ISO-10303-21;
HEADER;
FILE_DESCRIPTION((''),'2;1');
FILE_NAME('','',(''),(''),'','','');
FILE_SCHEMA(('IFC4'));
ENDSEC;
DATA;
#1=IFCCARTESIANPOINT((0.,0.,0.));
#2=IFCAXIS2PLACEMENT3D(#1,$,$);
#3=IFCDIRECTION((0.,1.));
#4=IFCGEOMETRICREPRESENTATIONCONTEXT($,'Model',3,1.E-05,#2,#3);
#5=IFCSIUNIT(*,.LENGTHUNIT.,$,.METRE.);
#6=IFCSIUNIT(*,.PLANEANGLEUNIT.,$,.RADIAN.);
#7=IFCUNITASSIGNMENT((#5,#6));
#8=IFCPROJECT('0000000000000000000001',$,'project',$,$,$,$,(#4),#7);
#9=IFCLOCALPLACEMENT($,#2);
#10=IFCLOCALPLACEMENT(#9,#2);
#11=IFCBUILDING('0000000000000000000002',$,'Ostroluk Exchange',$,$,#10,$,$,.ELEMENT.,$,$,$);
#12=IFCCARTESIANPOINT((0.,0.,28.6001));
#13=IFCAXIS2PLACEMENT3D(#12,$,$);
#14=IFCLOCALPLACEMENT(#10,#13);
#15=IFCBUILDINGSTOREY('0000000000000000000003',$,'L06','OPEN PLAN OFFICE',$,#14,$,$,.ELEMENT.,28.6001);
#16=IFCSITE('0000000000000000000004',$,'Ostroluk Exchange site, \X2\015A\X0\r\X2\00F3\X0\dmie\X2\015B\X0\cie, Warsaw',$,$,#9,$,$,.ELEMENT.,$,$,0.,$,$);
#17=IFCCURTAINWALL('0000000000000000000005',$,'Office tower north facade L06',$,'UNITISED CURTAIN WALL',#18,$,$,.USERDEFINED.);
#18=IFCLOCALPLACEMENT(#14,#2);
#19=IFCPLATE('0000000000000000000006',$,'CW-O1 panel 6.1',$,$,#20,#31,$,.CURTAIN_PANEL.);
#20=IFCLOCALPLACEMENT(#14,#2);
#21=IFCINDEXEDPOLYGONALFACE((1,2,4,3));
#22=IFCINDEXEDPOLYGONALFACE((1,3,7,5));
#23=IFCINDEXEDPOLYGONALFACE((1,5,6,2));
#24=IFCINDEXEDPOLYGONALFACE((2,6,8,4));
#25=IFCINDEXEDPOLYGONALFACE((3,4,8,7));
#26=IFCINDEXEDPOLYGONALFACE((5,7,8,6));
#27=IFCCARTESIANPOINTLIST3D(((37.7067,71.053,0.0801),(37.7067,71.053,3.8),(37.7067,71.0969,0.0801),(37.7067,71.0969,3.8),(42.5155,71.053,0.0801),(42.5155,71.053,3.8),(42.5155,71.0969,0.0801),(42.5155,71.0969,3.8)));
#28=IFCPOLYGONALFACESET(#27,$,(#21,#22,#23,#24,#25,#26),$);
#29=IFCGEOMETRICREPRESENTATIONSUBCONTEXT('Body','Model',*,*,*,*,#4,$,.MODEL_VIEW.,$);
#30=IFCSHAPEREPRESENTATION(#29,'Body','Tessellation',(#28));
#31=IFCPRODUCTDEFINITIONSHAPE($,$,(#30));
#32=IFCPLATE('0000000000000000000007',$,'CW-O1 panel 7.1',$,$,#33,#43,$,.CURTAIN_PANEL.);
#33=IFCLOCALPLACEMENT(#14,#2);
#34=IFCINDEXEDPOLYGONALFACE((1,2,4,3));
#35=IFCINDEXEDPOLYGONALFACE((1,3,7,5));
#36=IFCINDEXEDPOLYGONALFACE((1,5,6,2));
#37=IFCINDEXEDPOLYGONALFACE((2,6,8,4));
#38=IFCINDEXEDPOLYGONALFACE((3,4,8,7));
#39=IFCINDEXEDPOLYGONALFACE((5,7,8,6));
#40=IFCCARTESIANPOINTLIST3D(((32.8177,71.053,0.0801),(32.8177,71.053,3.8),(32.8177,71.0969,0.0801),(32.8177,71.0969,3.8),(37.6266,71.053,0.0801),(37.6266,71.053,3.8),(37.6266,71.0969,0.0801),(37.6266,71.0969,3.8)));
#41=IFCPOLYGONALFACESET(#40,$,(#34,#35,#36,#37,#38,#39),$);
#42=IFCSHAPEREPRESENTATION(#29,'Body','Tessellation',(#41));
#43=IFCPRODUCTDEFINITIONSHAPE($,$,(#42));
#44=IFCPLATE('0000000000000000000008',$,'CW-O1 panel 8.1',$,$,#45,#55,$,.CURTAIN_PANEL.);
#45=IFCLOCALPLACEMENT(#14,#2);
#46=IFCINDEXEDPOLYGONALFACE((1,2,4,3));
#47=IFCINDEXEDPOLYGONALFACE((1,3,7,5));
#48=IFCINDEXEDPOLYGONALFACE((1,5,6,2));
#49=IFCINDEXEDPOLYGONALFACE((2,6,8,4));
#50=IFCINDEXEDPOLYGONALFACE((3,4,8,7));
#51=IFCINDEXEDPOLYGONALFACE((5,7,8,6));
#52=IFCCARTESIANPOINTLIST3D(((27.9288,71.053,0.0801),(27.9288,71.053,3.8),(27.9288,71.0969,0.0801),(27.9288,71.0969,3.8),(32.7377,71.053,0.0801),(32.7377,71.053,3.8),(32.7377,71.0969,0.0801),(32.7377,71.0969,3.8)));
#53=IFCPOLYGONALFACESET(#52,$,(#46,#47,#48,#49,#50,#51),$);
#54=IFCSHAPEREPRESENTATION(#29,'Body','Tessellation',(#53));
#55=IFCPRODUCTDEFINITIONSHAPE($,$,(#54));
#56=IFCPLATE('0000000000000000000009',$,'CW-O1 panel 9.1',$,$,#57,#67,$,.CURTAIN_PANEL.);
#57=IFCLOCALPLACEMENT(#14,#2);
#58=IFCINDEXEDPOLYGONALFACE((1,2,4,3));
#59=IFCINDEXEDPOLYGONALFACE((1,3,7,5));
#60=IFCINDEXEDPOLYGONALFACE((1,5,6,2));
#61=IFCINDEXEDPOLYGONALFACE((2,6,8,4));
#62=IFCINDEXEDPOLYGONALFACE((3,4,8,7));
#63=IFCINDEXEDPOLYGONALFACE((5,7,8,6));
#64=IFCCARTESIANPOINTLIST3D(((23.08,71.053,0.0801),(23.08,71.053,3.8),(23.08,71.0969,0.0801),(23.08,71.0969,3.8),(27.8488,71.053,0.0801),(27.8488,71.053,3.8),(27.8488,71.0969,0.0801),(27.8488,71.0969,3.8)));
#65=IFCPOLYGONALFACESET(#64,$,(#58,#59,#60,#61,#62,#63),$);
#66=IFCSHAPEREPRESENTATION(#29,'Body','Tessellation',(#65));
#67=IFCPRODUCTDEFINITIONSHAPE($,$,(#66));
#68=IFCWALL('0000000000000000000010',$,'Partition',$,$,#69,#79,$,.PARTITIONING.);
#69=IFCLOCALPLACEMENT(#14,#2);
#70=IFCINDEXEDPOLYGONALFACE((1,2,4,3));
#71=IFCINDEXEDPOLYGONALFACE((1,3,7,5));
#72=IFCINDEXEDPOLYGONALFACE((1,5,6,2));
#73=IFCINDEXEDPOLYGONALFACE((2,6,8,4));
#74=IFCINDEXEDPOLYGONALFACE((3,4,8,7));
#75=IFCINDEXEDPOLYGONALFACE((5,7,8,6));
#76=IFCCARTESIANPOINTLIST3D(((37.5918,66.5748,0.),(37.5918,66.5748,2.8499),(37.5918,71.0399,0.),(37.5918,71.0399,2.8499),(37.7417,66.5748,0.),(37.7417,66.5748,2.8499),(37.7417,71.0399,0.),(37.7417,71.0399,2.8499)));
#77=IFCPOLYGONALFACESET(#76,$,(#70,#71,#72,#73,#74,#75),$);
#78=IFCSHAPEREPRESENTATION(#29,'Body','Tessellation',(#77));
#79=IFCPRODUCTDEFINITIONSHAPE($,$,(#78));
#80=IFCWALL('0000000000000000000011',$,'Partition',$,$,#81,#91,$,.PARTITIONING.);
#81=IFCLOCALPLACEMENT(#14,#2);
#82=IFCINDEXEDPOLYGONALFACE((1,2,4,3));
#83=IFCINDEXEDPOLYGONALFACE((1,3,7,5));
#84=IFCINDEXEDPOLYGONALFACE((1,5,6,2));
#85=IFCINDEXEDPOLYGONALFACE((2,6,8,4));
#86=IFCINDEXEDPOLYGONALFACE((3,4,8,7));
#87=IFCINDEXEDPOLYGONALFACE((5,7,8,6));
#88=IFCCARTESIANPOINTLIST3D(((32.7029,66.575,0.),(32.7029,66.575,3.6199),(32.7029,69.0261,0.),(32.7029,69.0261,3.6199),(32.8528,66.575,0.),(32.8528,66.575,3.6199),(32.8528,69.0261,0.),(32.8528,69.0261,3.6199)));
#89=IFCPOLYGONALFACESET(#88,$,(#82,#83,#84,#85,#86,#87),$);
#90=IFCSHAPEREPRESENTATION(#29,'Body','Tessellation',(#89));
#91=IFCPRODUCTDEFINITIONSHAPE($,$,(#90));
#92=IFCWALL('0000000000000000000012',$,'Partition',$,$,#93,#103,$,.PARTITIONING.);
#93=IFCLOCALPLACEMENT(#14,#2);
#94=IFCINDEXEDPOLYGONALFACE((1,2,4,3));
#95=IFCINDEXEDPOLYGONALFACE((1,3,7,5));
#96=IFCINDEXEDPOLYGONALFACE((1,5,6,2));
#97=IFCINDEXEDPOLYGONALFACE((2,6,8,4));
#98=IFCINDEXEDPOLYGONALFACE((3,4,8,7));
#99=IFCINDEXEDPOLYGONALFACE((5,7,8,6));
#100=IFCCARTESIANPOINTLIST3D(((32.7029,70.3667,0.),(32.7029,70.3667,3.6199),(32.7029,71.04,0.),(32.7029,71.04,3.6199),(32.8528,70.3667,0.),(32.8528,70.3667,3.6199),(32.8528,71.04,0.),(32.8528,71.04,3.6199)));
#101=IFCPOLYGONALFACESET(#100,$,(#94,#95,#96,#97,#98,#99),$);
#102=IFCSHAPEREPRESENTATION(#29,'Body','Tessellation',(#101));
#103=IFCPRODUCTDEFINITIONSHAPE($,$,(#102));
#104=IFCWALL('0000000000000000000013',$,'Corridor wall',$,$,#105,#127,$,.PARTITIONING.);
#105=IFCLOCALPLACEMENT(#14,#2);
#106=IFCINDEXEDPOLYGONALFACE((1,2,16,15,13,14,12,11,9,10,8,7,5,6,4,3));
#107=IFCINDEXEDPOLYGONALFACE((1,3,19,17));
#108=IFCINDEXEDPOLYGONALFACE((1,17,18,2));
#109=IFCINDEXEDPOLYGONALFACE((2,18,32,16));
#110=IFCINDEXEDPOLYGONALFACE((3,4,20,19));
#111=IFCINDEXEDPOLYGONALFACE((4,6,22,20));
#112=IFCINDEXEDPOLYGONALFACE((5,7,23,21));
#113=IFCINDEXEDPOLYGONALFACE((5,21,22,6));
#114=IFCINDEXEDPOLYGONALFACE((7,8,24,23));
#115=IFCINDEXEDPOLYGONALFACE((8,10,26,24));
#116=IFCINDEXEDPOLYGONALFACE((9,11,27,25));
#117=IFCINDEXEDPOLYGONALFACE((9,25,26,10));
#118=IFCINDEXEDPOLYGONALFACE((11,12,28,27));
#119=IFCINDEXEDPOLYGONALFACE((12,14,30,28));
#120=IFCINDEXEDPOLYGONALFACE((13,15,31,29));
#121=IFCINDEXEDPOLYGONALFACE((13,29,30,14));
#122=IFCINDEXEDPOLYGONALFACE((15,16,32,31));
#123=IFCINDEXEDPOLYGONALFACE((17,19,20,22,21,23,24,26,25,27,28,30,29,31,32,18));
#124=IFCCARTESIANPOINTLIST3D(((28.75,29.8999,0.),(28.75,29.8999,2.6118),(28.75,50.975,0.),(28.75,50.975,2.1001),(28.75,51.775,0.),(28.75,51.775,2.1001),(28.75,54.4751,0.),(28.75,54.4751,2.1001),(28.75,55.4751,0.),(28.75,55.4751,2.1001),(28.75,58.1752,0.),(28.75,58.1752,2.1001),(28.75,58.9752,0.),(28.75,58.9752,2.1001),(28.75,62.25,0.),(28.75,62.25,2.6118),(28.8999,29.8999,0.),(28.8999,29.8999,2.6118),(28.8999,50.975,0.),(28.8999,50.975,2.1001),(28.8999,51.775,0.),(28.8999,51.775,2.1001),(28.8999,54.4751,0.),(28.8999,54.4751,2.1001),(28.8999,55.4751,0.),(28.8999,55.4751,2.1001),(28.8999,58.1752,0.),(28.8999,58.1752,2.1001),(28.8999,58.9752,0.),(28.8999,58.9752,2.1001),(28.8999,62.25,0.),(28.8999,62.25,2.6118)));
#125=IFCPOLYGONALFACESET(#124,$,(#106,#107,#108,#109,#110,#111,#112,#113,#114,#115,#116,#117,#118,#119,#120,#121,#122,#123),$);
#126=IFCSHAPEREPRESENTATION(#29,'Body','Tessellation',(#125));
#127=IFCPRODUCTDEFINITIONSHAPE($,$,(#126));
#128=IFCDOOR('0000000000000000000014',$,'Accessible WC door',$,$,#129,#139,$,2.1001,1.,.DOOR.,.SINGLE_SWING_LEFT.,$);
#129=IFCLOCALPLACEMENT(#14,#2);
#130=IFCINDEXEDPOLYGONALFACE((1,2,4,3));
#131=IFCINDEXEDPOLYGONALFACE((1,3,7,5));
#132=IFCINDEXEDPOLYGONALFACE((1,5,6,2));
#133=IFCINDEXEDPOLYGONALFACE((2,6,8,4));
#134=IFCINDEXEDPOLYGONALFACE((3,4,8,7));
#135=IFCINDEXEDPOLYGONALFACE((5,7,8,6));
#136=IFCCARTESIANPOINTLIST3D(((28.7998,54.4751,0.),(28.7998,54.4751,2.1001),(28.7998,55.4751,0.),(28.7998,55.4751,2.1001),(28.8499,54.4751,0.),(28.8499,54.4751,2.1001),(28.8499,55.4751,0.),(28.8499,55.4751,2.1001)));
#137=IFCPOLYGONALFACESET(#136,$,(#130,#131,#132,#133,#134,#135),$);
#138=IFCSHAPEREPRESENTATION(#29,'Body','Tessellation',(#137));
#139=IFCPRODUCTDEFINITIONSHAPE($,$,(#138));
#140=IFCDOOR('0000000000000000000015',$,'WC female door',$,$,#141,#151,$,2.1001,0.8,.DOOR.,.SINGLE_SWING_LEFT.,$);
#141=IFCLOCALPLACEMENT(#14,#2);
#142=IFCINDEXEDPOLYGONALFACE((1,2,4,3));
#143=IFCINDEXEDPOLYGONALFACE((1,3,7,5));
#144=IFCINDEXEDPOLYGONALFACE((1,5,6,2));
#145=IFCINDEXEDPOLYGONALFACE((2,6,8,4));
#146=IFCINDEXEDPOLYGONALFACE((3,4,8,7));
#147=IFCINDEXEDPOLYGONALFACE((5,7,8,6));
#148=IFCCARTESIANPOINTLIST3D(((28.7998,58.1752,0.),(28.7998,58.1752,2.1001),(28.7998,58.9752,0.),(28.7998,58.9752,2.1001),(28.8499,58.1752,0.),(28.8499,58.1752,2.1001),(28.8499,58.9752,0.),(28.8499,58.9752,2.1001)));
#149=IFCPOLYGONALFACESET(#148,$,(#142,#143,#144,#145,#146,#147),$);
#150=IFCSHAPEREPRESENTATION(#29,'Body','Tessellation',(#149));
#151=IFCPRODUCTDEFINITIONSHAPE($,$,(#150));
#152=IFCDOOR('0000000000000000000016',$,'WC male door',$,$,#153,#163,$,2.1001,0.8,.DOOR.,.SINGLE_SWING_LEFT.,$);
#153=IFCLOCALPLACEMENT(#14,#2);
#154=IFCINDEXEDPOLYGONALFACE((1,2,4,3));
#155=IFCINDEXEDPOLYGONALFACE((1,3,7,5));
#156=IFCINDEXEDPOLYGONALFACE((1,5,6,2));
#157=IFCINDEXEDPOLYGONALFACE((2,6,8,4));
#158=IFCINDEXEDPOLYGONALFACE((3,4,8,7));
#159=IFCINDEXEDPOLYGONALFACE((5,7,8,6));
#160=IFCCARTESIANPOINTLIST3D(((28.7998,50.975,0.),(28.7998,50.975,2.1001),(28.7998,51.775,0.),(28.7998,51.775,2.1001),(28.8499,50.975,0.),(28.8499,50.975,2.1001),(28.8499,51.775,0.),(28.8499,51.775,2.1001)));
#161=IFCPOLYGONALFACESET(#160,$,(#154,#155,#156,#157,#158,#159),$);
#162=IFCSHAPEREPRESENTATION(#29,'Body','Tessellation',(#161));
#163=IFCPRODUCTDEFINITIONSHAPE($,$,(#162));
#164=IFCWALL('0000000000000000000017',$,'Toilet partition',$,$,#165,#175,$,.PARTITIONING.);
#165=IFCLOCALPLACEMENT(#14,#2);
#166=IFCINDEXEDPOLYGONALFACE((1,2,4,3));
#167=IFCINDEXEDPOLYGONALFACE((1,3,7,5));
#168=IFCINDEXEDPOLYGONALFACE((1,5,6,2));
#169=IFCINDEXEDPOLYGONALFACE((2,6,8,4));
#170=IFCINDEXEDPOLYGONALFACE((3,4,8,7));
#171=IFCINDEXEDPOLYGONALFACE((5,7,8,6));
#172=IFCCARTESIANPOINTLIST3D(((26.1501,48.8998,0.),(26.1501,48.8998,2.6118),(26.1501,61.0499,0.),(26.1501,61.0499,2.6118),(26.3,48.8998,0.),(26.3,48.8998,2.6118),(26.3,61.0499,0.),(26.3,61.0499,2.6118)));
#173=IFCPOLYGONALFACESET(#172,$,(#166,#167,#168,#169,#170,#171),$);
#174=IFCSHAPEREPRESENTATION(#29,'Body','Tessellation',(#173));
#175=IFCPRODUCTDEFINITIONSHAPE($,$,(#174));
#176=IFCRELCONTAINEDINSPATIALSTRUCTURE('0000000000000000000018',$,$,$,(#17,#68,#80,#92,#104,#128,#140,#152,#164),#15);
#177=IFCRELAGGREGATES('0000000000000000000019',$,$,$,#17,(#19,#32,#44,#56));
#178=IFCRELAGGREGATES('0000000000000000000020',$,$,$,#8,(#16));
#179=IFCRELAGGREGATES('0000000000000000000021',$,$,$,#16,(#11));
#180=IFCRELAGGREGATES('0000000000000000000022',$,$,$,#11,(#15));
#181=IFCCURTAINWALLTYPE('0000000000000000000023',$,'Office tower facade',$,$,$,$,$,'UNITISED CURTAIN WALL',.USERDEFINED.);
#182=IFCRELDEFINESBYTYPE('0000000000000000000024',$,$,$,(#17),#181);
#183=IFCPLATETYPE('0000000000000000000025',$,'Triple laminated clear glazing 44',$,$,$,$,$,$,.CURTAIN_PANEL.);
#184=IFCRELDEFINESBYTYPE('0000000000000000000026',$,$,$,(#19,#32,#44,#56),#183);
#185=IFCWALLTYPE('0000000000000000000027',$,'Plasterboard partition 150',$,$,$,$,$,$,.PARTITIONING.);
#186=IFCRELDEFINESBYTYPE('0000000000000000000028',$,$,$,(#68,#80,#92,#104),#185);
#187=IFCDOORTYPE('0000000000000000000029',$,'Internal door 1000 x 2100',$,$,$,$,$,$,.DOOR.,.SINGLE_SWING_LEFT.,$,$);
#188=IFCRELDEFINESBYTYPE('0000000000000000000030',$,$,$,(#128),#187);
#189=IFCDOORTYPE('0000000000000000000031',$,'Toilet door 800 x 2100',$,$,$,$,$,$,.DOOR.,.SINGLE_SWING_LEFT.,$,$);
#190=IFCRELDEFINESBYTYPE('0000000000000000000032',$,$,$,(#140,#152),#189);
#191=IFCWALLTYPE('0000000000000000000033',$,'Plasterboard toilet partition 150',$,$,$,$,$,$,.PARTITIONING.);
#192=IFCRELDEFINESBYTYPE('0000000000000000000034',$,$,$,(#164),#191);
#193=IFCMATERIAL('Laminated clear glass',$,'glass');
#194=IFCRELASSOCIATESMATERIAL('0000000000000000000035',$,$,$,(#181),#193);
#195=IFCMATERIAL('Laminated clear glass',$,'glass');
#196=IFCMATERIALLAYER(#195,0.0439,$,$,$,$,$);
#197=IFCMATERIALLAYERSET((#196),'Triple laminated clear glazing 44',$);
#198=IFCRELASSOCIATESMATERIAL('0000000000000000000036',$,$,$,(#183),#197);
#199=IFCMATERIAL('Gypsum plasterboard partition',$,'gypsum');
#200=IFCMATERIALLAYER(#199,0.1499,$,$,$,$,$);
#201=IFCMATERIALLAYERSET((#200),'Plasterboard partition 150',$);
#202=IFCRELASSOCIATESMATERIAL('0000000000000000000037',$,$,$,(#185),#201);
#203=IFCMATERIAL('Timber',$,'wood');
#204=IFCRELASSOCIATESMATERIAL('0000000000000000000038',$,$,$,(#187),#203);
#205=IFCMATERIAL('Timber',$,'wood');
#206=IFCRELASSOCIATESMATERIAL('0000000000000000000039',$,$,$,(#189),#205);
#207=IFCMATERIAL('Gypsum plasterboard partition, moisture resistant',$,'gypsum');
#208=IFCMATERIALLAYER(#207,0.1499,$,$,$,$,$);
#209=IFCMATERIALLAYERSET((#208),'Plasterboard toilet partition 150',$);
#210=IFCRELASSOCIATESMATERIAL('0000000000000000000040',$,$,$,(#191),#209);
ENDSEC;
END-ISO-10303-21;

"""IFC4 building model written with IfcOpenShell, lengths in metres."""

from ifc_helpers import new_model, si_unit, direction, frame, frame_2d, origin, origin_2d, place, context, subcontext, project, spatial, rectangle, extrude, material, layer, layer_set, type_object, element, fill, aggregate, save


model = new_model("IFC4")

# Units and contexts
model_context = context("Model", 3, precision=1e-05, world=origin(), true_north=direction((0.0, 1.0)))
body_context = subcontext(model_context, "Body", "Model", "MODEL_VIEW")
ifc_project = project(units=[si_unit("LENGTHUNIT", "METRE"), si_unit("PLANEANGLEUNIT", "RADIAN")], contexts=[model_context])

# Site, building, storey
site_placement = place(None, origin())
site = spatial("IfcSite", under=ifc_project, at=site_placement, Name="Ostroluk Exchange site, Śródmieście, Warsaw", CompositionType="ELEMENT", RefElevation=0.0)
building_placement = place(site_placement, origin())
building = spatial("IfcBuilding", under=site, at=building_placement, Name="Ostroluk Exchange", CompositionType="ELEMENT")
storey_placement = place(building_placement, frame((0.0, 0.0, 28.6001)))
storey = spatial("IfcBuildingStorey", under=building, at=storey_placement, Name="L06", Description="OPEN PLAN OFFICE", CompositionType="ELEMENT", Elevation=28.6001)

# Curtain wall, plates
ifc_material_1 = material(Name="Laminated clear glass", Category="glass")
curtain_wall_type = type_object("IfcCurtainWallType", Name="Office tower facade", ElementType="UNITISED CURTAIN WALL", PredefinedType="USERDEFINED", material=ifc_material_1)
curtain_wall_placement = place(storey_placement, origin())
curtain_wall = element("IfcCurtainWall", 1, at=curtain_wall_placement, inside=storey, type_object=curtain_wall_type, Name="Office tower north facade L06", ObjectType="UNITISED CURTAIN WALL", PredefinedType="USERDEFINED")
ifc_material_2 = material(Name="Laminated clear glass", Category="glass")
ifc_layer_1 = layer(ifc_material_2, 0.0439)
ifc_layer_set_1 = layer_set([ifc_layer_1], Name="Triple laminated clear glazing 44")
plate_type = type_object("IfcPlateType", Name="Triple laminated clear glazing 44", PredefinedType="CURTAIN_PANEL", material=ifc_layer_set_1)
plate_1_placement = place(storey_placement, frame((40.1111, 71.075, 0.0801), z_axis=(0.0, 0.0, 1.0), x_axis=(-1.0, 0.0, 0.0)))
plate_1 = element("IfcPlate", 2, at=plate_1_placement, type_object=plate_type, Name="CW-O1 panel 6.1", PredefinedType="CURTAIN_PANEL", context=body_context, shape_type="SweptSolid", body=[
    extrude(rectangle(XDim=4.8088, YDim=0.0439, at=origin_2d()), origin(), (0.0, 0.0, 1.0), 3.72),
])
plate_2_placement = place(storey_placement, frame((35.2222, 71.075, 0.0801), z_axis=(0.0, 0.0, 1.0), x_axis=(-1.0, 0.0, 0.0)))
plate_2 = element("IfcPlate", 3, at=plate_2_placement, type_object=plate_type, Name="CW-O1 panel 7.1", PredefinedType="CURTAIN_PANEL", context=body_context, shape_type="SweptSolid", body=[
    extrude(rectangle(XDim=4.8088, YDim=0.0439, at=origin_2d()), origin(), (0.0, 0.0, 1.0), 3.72),
])
plate_3_placement = place(storey_placement, frame((30.3333, 71.075, 0.0801), z_axis=(0.0, 0.0, 1.0), x_axis=(-1.0, 0.0, 0.0)))
plate_3 = element("IfcPlate", 4, at=plate_3_placement, type_object=plate_type, Name="CW-O1 panel 8.1", PredefinedType="CURTAIN_PANEL", context=body_context, shape_type="SweptSolid", body=[
    extrude(rectangle(XDim=4.8088, YDim=0.0439, at=origin_2d()), origin(), (0.0, 0.0, 1.0), 3.72),
])
plate_4_placement = place(storey_placement, frame((25.4644, 71.075, 0.0801), z_axis=(0.0, 0.0, 1.0), x_axis=(-1.0, 0.0, 0.0)))
plate_4 = element("IfcPlate", 5, at=plate_4_placement, type_object=plate_type, Name="CW-O1 panel 9.1", PredefinedType="CURTAIN_PANEL", context=body_context, shape_type="SweptSolid", body=[
    extrude(rectangle(XDim=4.7688, YDim=0.0439, at=origin_2d()), origin(), (0.0, 0.0, 1.0), 3.72),
])
aggregate(curtain_wall, [plate_1, plate_2, plate_3, plate_4])

# Walls
ifc_material_3 = material(Name="Gypsum plasterboard partition", Category="gypsum")
ifc_layer_2 = layer(ifc_material_3, 0.1499)
ifc_layer_set_2 = layer_set([ifc_layer_2], Name="Plasterboard partition 150")
wall_type_1 = type_object("IfcWallType", Name="Plasterboard partition 150", PredefinedType="PARTITIONING", material=ifc_layer_set_2)
wall_1_placement = place(storey_placement, frame((37.6667, 66.575, 0.0), z_axis=(0.0, 0.0, 1.0), x_axis=(0.0, 1.0, 0.0)))
element("IfcWall", 6, at=wall_1_placement, inside=storey, type_object=wall_type_1, Name="Partition", PredefinedType="PARTITIONING", context=body_context, shape_type="SweptSolid", body=[
    extrude(rectangle(XDim=4.4651, YDim=0.1499, at=frame_2d((2.2324, 0.0))), origin(), (0.0, 0.0, 1.0), 2.8499),
])
wall_2_placement = place(storey_placement, frame((32.7778, 66.575, 0.0), z_axis=(0.0, 0.0, 1.0), x_axis=(0.0, 1.0, 0.0)))
element("IfcWall", 7, at=wall_2_placement, inside=storey, type_object=wall_type_1, Name="Partition", PredefinedType="PARTITIONING", context=body_context, shape_type="SweptSolid", body=[
    extrude(rectangle(XDim=2.4512, YDim=0.1499, at=frame_2d((1.2256, 0.0))), origin(), (0.0, 0.0, 1.0), 3.6199),
])
wall_3_placement = place(storey_placement, frame((32.7778, 70.3667, 0.0), z_axis=(0.0, 0.0, 1.0), x_axis=(0.0, 1.0, 0.0)))
element("IfcWall", 8, at=wall_3_placement, inside=storey, type_object=wall_type_1, Name="Partition", PredefinedType="PARTITIONING", context=body_context, shape_type="SweptSolid", body=[
    extrude(rectangle(XDim=0.6733, YDim=0.1499, at=frame_2d((0.3367, 0.0))), origin(), (0.0, 0.0, 1.0), 3.6199),
])

# Wall, openings, doors
wall_4_placement = place(storey_placement, frame((28.825, 62.25, 0.0), z_axis=(0.0, 0.0, 1.0), x_axis=(0.0, -1.0, 0.0)))
wall_4 = element("IfcWall", 9, at=wall_4_placement, inside=storey, type_object=wall_type_1, Name="Corridor wall", PredefinedType="PARTITIONING", context=body_context, shape_type="SweptSolid", body=[
    extrude(rectangle(XDim=32.3501, YDim=0.1499, at=frame_2d((16.175, 0.0))), origin(), (0.0, 0.0, 1.0), 2.6118),
])
opening_1_placement = place(wall_4_placement, frame((3.2749, 0.0, 0.0)))
opening_1 = element("IfcOpeningElement", 10, at=opening_1_placement, cuts=wall_4, PredefinedType="OPENING", context=body_context, shape_type="SweptSolid", body=[
    extrude(rectangle(XDim=0.8, YDim=2.1001, at=frame_2d((0.3999, 1.05))), frame((0.0, 0.085, 0.0), z_axis=(0.0, -1.0, 0.0), x_axis=(1.0, 0.0, 0.0)), (0.0, 0.0, 1.0), 0.1699),
])
opening_2_placement = place(wall_4_placement, frame((6.7749, 0.0, 0.0)))
opening_2 = element("IfcOpeningElement", 11, at=opening_2_placement, cuts=wall_4, PredefinedType="OPENING", context=body_context, shape_type="SweptSolid", body=[
    extrude(rectangle(XDim=1.0, YDim=2.1001, at=frame_2d((0.5, 1.05))), frame((0.0, 0.085, 0.0), z_axis=(0.0, -1.0, 0.0), x_axis=(1.0, 0.0, 0.0)), (0.0, 0.0, 1.0), 0.1699),
])
opening_3_placement = place(wall_4_placement, frame((10.4751, 0.0, 0.0)))
opening_3 = element("IfcOpeningElement", 12, at=opening_3_placement, cuts=wall_4, PredefinedType="OPENING", context=body_context, shape_type="SweptSolid", body=[
    extrude(rectangle(XDim=0.8, YDim=2.1001, at=frame_2d((0.3999, 1.05))), frame((0.0, 0.085, 0.0), z_axis=(0.0, -1.0, 0.0), x_axis=(1.0, 0.0, 0.0)), (0.0, 0.0, 1.0), 0.1699),
])
ifc_material_4 = material(Name="Timber", Category="wood")
door_type_1 = type_object("IfcDoorType", Name="Internal door 1000 x 2100", OperationType="SINGLE_SWING_LEFT", PredefinedType="DOOR", material=ifc_material_4)
door_1_placement = place(opening_2_placement, origin())
door_1 = element("IfcDoor", 13, at=door_1_placement, inside=storey, type_object=door_type_1, Name="Accessible WC door", OperationType="SINGLE_SWING_LEFT", OverallHeight=2.1001, OverallWidth=1.0, PredefinedType="DOOR", context=body_context, shape_type="SweptSolid", body=[
    extrude(rectangle(XDim=1.0, YDim=2.1001, at=frame_2d((0.5, 1.05))), frame((0.0, 0.0249, 0.0), z_axis=(0.0, -1.0, 0.0), x_axis=(1.0, 0.0, 0.0)), (0.0, 0.0, 1.0), 0.05),
])
fill(opening_2, door_1)
ifc_material_5 = material(Name="Timber", Category="wood")
door_type_2 = type_object("IfcDoorType", Name="Toilet door 800 x 2100", OperationType="SINGLE_SWING_LEFT", PredefinedType="DOOR", material=ifc_material_5)
door_2_placement = place(opening_1_placement, origin())
door_2 = element("IfcDoor", 14, at=door_2_placement, inside=storey, type_object=door_type_2, Name="WC female door", OperationType="SINGLE_SWING_LEFT", OverallHeight=2.1001, OverallWidth=0.8, PredefinedType="DOOR", context=body_context, shape_type="SweptSolid", body=[
    extrude(rectangle(XDim=0.8, YDim=2.1001, at=frame_2d((0.3999, 1.05))), frame((0.0, 0.0249, 0.0), z_axis=(0.0, -1.0, 0.0), x_axis=(1.0, 0.0, 0.0)), (0.0, 0.0, 1.0), 0.05),
])
fill(opening_1, door_2)
door_3_placement = place(opening_3_placement, origin())
door_3 = element("IfcDoor", 15, at=door_3_placement, inside=storey, type_object=door_type_2, Name="WC male door", OperationType="SINGLE_SWING_LEFT", OverallHeight=2.1001, OverallWidth=0.8, PredefinedType="DOOR", context=body_context, shape_type="SweptSolid", body=[
    extrude(rectangle(XDim=0.8, YDim=2.1001, at=frame_2d((0.3999, 1.05))), frame((0.0, 0.0249, 0.0), z_axis=(0.0, -1.0, 0.0), x_axis=(1.0, 0.0, 0.0)), (0.0, 0.0, 1.0), 0.05),
])
fill(opening_3, door_3)

# Wall
ifc_material_6 = material(Name="Gypsum plasterboard partition, moisture resistant", Category="gypsum")
ifc_layer_3 = layer(ifc_material_6, 0.1499)
ifc_layer_set_3 = layer_set([ifc_layer_3], Name="Plasterboard toilet partition 150")
wall_type_2 = type_object("IfcWallType", Name="Plasterboard toilet partition 150", PredefinedType="PARTITIONING", material=ifc_layer_set_3)
wall_5_placement = place(storey_placement, frame((26.2251, 61.05, 0.0), z_axis=(0.0, 0.0, 1.0), x_axis=(0.0, -1.0, 0.0)))
element("IfcWall", 16, at=wall_5_placement, inside=storey, type_object=wall_type_2, Name="Toilet partition", PredefinedType="PARTITIONING", context=body_context, shape_type="SweptSolid", body=[
    extrude(rectangle(XDim=12.1501, YDim=0.1499, at=frame_2d((6.0752, 0.0))), origin(), (0.0, 0.0, 1.0), 2.6118),
])

save(model, "model.ifc")
